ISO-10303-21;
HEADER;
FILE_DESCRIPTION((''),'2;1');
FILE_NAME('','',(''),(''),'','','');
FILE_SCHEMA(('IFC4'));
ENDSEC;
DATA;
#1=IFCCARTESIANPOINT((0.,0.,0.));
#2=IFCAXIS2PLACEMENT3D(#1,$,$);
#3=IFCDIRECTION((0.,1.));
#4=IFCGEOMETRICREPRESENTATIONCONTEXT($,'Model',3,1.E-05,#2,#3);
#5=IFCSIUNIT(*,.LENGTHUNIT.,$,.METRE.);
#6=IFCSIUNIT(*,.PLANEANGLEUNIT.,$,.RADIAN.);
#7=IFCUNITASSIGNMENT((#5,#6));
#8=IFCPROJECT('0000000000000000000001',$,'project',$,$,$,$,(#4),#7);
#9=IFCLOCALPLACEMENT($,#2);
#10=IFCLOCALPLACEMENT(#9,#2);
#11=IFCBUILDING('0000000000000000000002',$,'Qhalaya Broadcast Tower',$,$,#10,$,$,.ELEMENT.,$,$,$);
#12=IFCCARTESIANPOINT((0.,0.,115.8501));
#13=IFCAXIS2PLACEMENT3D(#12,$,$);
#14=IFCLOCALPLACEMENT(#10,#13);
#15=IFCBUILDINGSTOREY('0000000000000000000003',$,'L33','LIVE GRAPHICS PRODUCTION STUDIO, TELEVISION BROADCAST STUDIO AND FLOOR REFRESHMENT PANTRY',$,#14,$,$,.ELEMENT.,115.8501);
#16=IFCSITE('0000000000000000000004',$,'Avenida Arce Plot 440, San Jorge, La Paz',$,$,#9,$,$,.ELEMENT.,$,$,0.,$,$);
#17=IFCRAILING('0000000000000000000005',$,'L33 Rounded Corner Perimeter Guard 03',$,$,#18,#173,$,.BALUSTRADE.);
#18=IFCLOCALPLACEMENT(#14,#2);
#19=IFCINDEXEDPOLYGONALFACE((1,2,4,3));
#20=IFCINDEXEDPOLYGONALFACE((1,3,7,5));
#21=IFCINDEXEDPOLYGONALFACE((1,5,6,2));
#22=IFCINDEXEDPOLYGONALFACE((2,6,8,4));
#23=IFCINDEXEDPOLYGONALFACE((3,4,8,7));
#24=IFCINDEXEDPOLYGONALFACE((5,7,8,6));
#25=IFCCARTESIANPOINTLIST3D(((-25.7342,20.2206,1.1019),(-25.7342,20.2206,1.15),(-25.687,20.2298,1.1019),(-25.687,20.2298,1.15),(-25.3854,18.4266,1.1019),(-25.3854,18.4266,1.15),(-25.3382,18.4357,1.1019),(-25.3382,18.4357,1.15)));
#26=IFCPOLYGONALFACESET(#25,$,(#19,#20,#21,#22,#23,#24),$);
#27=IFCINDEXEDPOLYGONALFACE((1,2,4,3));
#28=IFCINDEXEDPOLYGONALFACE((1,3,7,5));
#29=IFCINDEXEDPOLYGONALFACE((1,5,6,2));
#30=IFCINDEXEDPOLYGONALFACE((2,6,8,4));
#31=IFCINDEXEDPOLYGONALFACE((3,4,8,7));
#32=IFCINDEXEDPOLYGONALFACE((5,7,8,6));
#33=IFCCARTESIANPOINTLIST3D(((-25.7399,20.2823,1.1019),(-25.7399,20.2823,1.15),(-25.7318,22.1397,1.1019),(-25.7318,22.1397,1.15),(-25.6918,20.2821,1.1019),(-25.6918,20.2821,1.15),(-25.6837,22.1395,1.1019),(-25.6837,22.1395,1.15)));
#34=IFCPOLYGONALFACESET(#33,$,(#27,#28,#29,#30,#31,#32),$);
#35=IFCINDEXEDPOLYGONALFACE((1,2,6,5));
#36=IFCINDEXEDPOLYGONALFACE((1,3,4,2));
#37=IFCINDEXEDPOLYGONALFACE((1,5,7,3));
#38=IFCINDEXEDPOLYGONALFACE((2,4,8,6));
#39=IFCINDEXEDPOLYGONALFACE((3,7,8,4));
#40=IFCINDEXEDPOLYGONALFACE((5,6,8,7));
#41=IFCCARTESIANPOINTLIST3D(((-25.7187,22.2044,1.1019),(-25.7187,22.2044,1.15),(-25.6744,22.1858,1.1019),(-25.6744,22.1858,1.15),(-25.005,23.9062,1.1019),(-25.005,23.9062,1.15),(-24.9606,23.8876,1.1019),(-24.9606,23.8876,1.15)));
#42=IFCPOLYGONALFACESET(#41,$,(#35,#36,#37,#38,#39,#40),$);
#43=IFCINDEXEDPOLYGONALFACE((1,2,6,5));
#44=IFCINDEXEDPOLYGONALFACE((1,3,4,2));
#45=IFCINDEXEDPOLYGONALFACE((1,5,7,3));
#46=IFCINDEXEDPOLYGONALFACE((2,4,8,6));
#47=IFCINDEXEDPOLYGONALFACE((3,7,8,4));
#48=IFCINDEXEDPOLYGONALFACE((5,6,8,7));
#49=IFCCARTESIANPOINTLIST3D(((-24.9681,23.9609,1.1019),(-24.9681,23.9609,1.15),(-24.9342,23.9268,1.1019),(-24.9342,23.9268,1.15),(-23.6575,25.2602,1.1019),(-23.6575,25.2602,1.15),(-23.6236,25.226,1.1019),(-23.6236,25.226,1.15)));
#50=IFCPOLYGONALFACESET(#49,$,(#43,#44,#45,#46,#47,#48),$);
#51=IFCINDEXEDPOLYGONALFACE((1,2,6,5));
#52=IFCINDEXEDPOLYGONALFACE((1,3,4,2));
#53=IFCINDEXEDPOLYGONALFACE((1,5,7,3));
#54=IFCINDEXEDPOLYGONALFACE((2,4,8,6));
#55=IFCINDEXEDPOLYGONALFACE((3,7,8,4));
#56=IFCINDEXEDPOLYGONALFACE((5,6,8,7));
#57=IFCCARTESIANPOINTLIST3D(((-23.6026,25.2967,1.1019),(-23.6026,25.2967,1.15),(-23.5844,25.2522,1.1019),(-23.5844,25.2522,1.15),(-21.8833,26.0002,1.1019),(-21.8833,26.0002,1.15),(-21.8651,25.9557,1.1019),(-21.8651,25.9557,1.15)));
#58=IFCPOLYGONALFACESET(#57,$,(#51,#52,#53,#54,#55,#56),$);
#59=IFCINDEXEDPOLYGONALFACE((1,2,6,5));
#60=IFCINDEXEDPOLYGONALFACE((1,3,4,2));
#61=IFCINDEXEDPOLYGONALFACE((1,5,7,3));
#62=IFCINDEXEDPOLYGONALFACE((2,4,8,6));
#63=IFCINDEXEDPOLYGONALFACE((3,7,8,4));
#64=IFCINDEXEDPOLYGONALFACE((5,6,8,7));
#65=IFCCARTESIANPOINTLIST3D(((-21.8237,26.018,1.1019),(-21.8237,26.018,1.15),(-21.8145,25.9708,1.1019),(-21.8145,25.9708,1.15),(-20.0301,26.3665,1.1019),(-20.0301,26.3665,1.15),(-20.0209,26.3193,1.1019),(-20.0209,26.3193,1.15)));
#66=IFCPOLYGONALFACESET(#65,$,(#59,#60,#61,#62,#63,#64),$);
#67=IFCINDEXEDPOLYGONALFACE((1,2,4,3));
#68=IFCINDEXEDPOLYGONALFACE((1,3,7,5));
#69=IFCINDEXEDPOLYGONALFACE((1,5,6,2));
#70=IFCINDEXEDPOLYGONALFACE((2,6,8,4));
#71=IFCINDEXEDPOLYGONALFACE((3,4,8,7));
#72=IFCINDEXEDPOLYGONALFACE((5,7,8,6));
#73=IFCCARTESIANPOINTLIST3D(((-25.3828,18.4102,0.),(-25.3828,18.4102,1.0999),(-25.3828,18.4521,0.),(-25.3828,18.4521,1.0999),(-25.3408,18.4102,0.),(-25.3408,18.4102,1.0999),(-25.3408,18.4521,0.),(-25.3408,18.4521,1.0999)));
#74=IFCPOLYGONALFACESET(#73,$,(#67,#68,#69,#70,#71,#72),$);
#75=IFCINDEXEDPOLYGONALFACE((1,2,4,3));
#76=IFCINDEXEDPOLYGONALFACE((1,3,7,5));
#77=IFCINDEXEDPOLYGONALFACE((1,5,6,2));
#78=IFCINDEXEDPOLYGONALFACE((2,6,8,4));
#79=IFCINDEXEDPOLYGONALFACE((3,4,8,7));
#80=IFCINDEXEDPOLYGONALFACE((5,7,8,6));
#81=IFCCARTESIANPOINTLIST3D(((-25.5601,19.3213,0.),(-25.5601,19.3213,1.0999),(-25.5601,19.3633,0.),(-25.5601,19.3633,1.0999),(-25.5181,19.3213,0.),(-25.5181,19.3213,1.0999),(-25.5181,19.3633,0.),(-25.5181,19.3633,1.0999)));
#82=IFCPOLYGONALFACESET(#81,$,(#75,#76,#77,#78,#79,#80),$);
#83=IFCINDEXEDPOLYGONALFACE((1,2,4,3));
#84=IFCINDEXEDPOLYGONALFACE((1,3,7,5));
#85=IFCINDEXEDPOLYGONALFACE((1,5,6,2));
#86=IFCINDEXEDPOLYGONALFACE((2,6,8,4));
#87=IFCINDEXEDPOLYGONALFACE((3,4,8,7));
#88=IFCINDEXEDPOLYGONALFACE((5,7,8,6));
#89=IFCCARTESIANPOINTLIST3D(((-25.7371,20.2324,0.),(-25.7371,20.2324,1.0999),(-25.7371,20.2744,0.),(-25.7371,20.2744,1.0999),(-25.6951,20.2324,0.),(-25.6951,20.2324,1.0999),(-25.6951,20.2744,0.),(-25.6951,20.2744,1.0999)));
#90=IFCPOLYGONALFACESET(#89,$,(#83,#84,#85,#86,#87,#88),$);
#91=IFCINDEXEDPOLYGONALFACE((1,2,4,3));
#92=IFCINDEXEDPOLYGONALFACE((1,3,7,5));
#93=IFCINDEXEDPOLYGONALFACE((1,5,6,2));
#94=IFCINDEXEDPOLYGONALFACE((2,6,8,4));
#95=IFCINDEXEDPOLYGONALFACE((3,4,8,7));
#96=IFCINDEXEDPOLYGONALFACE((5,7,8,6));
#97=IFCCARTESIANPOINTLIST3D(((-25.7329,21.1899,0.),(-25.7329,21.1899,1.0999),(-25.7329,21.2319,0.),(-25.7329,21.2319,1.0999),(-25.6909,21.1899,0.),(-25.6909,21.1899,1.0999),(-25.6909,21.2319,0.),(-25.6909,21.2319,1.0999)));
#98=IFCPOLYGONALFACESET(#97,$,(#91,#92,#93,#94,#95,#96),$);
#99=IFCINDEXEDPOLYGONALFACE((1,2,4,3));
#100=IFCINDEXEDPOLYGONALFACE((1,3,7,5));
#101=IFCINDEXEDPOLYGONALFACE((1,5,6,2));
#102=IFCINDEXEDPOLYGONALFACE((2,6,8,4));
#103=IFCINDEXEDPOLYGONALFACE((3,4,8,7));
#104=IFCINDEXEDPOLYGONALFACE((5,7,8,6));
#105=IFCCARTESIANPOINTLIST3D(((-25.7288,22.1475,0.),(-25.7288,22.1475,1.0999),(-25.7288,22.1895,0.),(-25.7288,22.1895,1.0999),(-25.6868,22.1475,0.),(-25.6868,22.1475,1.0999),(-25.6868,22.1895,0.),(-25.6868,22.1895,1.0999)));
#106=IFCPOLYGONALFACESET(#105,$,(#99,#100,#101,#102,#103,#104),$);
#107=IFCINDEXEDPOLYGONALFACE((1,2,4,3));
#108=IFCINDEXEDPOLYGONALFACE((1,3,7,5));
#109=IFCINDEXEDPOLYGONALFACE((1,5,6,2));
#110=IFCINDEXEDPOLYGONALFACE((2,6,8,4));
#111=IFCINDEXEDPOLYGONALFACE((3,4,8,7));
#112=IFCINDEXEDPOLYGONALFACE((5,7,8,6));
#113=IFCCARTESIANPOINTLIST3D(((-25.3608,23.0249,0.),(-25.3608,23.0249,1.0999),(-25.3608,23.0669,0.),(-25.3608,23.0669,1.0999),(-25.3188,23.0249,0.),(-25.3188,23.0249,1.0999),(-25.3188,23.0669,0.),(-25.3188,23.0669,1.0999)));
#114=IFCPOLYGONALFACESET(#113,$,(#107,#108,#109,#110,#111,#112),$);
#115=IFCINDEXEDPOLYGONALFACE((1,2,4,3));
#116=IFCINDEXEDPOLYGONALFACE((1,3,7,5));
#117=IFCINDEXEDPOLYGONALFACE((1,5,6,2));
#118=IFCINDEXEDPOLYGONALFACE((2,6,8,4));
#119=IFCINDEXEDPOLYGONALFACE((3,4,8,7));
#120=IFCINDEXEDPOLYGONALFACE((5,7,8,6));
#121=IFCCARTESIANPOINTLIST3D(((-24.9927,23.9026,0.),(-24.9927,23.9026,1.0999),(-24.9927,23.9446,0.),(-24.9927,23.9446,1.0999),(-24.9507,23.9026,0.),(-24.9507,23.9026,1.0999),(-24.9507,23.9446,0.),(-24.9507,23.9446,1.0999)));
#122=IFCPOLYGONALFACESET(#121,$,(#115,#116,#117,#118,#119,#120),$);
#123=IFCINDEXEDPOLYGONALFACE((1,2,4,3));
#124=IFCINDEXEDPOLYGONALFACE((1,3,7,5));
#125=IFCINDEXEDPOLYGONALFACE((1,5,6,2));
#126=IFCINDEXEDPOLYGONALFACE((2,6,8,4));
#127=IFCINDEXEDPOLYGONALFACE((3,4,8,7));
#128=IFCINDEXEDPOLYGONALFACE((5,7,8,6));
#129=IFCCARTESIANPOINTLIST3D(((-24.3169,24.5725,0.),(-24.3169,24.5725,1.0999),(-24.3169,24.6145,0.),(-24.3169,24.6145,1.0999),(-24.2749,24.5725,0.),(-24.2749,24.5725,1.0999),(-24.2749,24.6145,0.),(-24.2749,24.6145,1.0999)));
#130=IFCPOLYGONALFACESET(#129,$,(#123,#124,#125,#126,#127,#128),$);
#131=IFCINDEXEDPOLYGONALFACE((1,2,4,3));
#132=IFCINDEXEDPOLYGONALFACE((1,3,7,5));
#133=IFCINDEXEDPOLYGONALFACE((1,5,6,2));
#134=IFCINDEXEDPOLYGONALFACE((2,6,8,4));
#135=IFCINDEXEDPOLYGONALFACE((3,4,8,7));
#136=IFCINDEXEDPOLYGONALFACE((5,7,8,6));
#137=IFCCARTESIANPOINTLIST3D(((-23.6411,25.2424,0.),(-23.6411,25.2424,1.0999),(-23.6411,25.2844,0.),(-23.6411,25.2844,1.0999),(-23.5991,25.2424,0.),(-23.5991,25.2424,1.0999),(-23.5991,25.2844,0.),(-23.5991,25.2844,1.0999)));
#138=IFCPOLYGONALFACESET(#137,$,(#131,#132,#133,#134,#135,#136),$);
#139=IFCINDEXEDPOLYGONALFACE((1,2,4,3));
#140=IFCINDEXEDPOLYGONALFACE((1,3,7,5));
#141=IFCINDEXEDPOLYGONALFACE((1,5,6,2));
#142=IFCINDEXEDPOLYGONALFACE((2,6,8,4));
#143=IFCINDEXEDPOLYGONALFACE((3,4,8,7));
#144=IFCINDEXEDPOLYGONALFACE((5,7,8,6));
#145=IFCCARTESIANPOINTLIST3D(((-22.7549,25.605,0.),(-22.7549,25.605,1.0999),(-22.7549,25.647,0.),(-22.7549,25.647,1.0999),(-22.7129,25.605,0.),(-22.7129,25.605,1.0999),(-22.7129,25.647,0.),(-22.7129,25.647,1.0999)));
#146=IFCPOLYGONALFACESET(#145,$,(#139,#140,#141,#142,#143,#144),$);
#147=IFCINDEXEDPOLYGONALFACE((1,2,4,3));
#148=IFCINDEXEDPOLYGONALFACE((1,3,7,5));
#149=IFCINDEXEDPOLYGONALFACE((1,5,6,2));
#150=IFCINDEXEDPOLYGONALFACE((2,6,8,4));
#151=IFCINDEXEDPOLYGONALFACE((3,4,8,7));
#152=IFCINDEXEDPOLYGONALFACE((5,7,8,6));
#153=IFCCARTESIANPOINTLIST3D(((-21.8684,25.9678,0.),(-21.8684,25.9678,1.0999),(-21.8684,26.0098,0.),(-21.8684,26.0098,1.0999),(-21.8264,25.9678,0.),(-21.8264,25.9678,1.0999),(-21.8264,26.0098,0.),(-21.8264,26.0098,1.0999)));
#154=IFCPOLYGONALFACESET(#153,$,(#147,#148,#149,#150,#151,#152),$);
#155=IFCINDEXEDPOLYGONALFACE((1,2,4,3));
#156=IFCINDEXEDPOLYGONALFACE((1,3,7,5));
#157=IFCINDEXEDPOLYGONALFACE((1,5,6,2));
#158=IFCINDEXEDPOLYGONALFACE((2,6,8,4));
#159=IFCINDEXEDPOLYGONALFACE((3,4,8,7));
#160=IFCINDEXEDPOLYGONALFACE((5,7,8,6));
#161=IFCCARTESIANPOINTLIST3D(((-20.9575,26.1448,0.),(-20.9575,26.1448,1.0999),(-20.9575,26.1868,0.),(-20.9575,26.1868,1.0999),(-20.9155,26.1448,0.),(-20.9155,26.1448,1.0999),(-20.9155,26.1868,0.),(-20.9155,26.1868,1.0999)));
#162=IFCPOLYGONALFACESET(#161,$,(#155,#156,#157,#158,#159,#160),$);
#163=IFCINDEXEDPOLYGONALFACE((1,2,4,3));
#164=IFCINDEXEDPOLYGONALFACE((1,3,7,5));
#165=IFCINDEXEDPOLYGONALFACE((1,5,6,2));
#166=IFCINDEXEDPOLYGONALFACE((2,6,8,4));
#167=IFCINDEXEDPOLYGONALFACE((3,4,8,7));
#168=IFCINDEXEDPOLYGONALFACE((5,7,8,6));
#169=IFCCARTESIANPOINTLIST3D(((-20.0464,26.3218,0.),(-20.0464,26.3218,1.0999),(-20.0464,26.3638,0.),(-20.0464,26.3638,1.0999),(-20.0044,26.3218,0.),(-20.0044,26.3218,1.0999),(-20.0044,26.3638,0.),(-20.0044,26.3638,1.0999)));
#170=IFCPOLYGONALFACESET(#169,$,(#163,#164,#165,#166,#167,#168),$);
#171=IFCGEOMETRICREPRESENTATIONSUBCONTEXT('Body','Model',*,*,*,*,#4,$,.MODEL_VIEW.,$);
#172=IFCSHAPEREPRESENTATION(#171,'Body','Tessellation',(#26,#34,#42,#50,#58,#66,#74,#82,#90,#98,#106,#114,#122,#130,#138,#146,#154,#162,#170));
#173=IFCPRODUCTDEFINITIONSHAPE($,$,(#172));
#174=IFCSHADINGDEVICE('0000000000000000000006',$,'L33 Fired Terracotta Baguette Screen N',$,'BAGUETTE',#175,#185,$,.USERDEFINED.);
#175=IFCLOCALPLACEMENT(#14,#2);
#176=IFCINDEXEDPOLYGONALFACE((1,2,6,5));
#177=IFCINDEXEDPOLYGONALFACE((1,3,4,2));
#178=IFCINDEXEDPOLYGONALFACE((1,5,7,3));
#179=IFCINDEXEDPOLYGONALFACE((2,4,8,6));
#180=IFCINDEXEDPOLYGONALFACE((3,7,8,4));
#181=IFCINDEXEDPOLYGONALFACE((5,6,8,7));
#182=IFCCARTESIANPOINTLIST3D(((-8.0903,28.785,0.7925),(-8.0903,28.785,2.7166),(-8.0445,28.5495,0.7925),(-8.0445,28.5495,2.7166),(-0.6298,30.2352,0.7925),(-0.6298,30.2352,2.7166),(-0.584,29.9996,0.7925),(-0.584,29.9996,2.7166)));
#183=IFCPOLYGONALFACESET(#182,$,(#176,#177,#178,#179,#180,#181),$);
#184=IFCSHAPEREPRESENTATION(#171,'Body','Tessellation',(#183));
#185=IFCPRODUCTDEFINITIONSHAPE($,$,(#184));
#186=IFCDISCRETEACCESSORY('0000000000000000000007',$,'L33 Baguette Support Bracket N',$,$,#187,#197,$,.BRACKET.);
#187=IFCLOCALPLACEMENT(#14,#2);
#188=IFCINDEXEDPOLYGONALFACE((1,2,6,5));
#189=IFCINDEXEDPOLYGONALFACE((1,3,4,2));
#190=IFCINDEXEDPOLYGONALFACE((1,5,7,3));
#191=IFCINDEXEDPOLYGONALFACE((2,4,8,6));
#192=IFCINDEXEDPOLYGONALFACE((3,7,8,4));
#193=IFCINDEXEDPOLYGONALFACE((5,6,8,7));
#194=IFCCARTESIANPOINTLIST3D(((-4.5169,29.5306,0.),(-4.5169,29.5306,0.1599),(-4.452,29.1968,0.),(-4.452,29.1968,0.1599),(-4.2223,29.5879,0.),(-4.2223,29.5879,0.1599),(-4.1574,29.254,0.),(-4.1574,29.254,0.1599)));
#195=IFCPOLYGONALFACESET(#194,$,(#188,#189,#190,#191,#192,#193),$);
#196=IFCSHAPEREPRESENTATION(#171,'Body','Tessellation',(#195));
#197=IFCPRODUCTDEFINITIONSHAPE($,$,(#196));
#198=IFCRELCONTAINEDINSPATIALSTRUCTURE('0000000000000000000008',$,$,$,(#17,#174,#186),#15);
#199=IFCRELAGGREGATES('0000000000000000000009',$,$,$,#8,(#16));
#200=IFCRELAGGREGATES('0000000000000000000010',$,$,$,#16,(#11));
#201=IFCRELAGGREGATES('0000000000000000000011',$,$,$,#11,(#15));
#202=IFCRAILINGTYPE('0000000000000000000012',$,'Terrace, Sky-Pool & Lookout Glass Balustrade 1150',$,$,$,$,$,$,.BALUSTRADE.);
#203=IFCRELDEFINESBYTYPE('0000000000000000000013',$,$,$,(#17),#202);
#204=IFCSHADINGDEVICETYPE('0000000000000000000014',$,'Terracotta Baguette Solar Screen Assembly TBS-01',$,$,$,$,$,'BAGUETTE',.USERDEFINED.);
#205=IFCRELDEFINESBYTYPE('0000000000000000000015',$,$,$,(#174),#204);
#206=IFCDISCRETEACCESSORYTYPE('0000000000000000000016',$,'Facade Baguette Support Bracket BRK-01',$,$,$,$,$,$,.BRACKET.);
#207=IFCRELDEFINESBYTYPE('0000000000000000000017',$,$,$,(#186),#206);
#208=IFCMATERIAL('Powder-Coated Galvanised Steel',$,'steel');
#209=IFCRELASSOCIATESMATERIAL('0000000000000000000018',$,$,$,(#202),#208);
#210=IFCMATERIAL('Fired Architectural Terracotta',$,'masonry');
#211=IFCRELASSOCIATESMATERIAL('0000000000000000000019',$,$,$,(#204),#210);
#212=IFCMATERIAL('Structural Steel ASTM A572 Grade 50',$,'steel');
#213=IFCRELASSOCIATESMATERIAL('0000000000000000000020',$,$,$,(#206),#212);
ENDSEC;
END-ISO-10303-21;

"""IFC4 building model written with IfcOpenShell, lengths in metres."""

from ifc_helpers import new_model, si_unit, direction, frame, origin, origin_2d, place, context, subcontext, project, spatial, rectangle, extrude, material, type_object, element, save


model = new_model("IFC4")

# Units and contexts
model_context = context("Model", 3, precision=1e-05, world=origin(), true_north=direction((0.0, 1.0)))
body_context = subcontext(model_context, "Body", "Model", "MODEL_VIEW")
ifc_project = project(units=[si_unit("LENGTHUNIT", "METRE"), si_unit("PLANEANGLEUNIT", "RADIAN")], contexts=[model_context])

# Site, building, storey
site_placement = place(None, origin())
site = spatial("IfcSite", under=ifc_project, at=site_placement, Name="Avenida Arce Plot 440, San Jorge, La Paz", CompositionType="ELEMENT", RefElevation=0.0)
building_placement = place(site_placement, origin())
building = spatial("IfcBuilding", under=site, at=building_placement, Name="Qhalaya Broadcast Tower", CompositionType="ELEMENT")
storey_placement = place(building_placement, frame((0.0, 0.0, 115.8501)))
storey = spatial("IfcBuildingStorey", under=building, at=storey_placement, Name="L33", Description="LIVE GRAPHICS PRODUCTION STUDIO, TELEVISION BROADCAST STUDIO AND FLOOR REFRESHMENT PANTRY", CompositionType="ELEMENT", Elevation=115.8501)

# Shared definitions
ifc_material_1 = material(Name="Structural Steel ASTM A572 Grade 50", Category="steel")

# Railing
ifc_material_2 = material(Name="Powder-Coated Galvanised Steel", Category="steel")
railing_type = type_object("IfcRailingType", Name="Terrace, Sky-Pool & Lookout Glass Balustrade 1150", PredefinedType="BALUSTRADE", material=ifc_material_2)
railing_placement = place(storey_placement, frame((-25.3618, 18.4312, 0.0)))
element("IfcRailing", 1, at=railing_placement, inside=storey, type_object=railing_type, Name="L33 Rounded Corner Perimeter Guard 03", PredefinedType="BALUSTRADE", context=body_context, shape_type="SweptSolid", body=[
    extrude(rectangle(XDim=0.0481, YDim=0.0481, at=origin_2d()), frame((0.0, 0.0, 1.126), z_axis=(-0.190827, 0.981624, 0.0), x_axis=(-0.981624, -0.190827, 0.0)), (0.0, 0.0, 1.0), 1.8276),
    extrude(rectangle(XDim=0.0481, YDim=0.0481, at=origin_2d()), frame((-0.354, 1.8511, 1.126), z_axis=(0.004334, 0.999991, 0.0), x_axis=(-0.999991, 0.004334, 0.0)), (0.0, 0.0, 1.0), 1.8574),
    extrude(rectangle(XDim=0.0481, YDim=0.0481, at=origin_2d()), frame((-0.3347, 3.7639, 1.126), z_axis=(0.386755, 0.922183, 0.0), x_axis=(-0.922183, 0.386755, 0.0)), (0.0, 0.0, 1.0), 1.8455),
    extrude(rectangle(XDim=0.0481, YDim=0.0481, at=origin_2d()), frame((0.4106, 5.5127, 1.126), z_axis=(0.710179, 0.704021, 0.0), x_axis=(-0.704021, 0.710179, 0.0)), (0.0, 0.0, 1.0), 1.8455),
    extrude(rectangle(XDim=0.0481, YDim=0.0481, at=origin_2d()), frame((1.7683, 6.8433, 1.126), z_axis=(0.925521, 0.378697, 0.0), x_axis=(-0.378697, 0.925521, 0.0)), (0.0, 0.0, 1.0), 1.8577),
    extrude(rectangle(XDim=0.0481, YDim=0.0481, at=origin_2d()), frame((3.5427, 7.5632, 1.126), z_axis=(0.981643, 0.190725, 0.0), x_axis=(-0.190725, 0.981643, 0.0)), (0.0, 0.0, 1.0), 1.8271),
    extrude(rectangle(XDim=0.042, YDim=0.042, at=origin_2d()), origin(), (0.0, 0.0, 1.0), 1.0999),
    extrude(rectangle(XDim=0.042, YDim=0.042, at=origin_2d()), frame((-0.1772, 0.9111, 0.0)), (0.0, 0.0, 1.0), 1.0999),
    extrude(rectangle(XDim=0.042, YDim=0.042, at=origin_2d()), frame((-0.3542, 1.8223, 0.0)), (0.0, 0.0, 1.0), 1.0999),
    extrude(rectangle(XDim=0.042, YDim=0.042, at=origin_2d()), frame((-0.3501, 2.7798, 0.0)), (0.0, 0.0, 1.0), 1.0999),
    extrude(rectangle(XDim=0.042, YDim=0.042, at=origin_2d()), frame((-0.3459, 3.7373, 0.0)), (0.0, 0.0, 1.0), 1.0999),
    extrude(rectangle(XDim=0.042, YDim=0.042, at=origin_2d()), frame((0.022, 4.6147, 0.0)), (0.0, 0.0, 1.0), 1.0999),
    extrude(rectangle(XDim=0.042, YDim=0.042, at=origin_2d()), frame((0.3901, 5.4924, 0.0)), (0.0, 0.0, 1.0), 1.0999),
    extrude(rectangle(XDim=0.042, YDim=0.042, at=origin_2d()), frame((1.0659, 6.1624, 0.0)), (0.0, 0.0, 1.0), 1.0999),
    extrude(rectangle(XDim=0.042, YDim=0.042, at=origin_2d()), frame((1.7417, 6.8323, 0.0)), (0.0, 0.0, 1.0), 1.0999),
    extrude(rectangle(XDim=0.042, YDim=0.042, at=origin_2d()), frame((2.6279, 7.1948, 0.0)), (0.0, 0.0, 1.0), 1.0999),
    extrude(rectangle(XDim=0.042, YDim=0.042, at=origin_2d()), frame((3.5144, 7.5576, 0.0)), (0.0, 0.0, 1.0), 1.0999),
    extrude(rectangle(XDim=0.042, YDim=0.042, at=origin_2d()), frame((4.4253, 7.7346, 0.0)), (0.0, 0.0, 1.0), 1.0999),
    extrude(rectangle(XDim=0.042, YDim=0.042, at=origin_2d()), frame((5.3364, 7.9116, 0.0)), (0.0, 0.0, 1.0), 1.0999),
])

# Shading device
ifc_material_3 = material(Name="Fired Architectural Terracotta", Category="masonry")
shading_device_type = type_object("IfcShadingDeviceType", Name="Terracotta Baguette Solar Screen Assembly TBS-01", ElementType="BAGUETTE", PredefinedType="USERDEFINED", material=ifc_material_3)
shading_device_placement = place(storey_placement, frame((-4.3372, 29.3923, 0.7925), z_axis=(0.0, 0.0, 1.0), x_axis=(-0.981627, -0.190809, 0.0)))
element("IfcShadingDevice", 2, at=shading_device_placement, inside=storey, type_object=shading_device_type, Name="L33 Fired Terracotta Baguette Screen N", ObjectType="BAGUETTE", PredefinedType="USERDEFINED", context=body_context, shape_type="SweptSolid", body=[
    extrude(rectangle(XDim=7.6001, YDim=0.24, at=origin_2d()), origin(), (0.0, 0.0, 1.0), 1.9241),
])

# Discrete accessory
discrete_accessory_type = type_object("IfcDiscreteAccessoryType", Name="Facade Baguette Support Bracket BRK-01", PredefinedType="BRACKET", material=ifc_material_1)
discrete_accessory_placement = place(storey_placement, frame((-4.3372, 29.3923, 0.0), z_axis=(0.0, 0.0, 1.0), x_axis=(-0.981627, -0.190809, 0.0)))
element("IfcDiscreteAccessory", 3, at=discrete_accessory_placement, inside=storey, type_object=discrete_accessory_type, Name="L33 Baguette Support Bracket N", PredefinedType="BRACKET", context=body_context, shape_type="SweptSolid", body=[
    extrude(rectangle(XDim=0.3, YDim=0.3401, at=origin_2d()), origin(), (0.0, 0.0, 1.0), 0.1599),
])

save(model, "model.ifc")
